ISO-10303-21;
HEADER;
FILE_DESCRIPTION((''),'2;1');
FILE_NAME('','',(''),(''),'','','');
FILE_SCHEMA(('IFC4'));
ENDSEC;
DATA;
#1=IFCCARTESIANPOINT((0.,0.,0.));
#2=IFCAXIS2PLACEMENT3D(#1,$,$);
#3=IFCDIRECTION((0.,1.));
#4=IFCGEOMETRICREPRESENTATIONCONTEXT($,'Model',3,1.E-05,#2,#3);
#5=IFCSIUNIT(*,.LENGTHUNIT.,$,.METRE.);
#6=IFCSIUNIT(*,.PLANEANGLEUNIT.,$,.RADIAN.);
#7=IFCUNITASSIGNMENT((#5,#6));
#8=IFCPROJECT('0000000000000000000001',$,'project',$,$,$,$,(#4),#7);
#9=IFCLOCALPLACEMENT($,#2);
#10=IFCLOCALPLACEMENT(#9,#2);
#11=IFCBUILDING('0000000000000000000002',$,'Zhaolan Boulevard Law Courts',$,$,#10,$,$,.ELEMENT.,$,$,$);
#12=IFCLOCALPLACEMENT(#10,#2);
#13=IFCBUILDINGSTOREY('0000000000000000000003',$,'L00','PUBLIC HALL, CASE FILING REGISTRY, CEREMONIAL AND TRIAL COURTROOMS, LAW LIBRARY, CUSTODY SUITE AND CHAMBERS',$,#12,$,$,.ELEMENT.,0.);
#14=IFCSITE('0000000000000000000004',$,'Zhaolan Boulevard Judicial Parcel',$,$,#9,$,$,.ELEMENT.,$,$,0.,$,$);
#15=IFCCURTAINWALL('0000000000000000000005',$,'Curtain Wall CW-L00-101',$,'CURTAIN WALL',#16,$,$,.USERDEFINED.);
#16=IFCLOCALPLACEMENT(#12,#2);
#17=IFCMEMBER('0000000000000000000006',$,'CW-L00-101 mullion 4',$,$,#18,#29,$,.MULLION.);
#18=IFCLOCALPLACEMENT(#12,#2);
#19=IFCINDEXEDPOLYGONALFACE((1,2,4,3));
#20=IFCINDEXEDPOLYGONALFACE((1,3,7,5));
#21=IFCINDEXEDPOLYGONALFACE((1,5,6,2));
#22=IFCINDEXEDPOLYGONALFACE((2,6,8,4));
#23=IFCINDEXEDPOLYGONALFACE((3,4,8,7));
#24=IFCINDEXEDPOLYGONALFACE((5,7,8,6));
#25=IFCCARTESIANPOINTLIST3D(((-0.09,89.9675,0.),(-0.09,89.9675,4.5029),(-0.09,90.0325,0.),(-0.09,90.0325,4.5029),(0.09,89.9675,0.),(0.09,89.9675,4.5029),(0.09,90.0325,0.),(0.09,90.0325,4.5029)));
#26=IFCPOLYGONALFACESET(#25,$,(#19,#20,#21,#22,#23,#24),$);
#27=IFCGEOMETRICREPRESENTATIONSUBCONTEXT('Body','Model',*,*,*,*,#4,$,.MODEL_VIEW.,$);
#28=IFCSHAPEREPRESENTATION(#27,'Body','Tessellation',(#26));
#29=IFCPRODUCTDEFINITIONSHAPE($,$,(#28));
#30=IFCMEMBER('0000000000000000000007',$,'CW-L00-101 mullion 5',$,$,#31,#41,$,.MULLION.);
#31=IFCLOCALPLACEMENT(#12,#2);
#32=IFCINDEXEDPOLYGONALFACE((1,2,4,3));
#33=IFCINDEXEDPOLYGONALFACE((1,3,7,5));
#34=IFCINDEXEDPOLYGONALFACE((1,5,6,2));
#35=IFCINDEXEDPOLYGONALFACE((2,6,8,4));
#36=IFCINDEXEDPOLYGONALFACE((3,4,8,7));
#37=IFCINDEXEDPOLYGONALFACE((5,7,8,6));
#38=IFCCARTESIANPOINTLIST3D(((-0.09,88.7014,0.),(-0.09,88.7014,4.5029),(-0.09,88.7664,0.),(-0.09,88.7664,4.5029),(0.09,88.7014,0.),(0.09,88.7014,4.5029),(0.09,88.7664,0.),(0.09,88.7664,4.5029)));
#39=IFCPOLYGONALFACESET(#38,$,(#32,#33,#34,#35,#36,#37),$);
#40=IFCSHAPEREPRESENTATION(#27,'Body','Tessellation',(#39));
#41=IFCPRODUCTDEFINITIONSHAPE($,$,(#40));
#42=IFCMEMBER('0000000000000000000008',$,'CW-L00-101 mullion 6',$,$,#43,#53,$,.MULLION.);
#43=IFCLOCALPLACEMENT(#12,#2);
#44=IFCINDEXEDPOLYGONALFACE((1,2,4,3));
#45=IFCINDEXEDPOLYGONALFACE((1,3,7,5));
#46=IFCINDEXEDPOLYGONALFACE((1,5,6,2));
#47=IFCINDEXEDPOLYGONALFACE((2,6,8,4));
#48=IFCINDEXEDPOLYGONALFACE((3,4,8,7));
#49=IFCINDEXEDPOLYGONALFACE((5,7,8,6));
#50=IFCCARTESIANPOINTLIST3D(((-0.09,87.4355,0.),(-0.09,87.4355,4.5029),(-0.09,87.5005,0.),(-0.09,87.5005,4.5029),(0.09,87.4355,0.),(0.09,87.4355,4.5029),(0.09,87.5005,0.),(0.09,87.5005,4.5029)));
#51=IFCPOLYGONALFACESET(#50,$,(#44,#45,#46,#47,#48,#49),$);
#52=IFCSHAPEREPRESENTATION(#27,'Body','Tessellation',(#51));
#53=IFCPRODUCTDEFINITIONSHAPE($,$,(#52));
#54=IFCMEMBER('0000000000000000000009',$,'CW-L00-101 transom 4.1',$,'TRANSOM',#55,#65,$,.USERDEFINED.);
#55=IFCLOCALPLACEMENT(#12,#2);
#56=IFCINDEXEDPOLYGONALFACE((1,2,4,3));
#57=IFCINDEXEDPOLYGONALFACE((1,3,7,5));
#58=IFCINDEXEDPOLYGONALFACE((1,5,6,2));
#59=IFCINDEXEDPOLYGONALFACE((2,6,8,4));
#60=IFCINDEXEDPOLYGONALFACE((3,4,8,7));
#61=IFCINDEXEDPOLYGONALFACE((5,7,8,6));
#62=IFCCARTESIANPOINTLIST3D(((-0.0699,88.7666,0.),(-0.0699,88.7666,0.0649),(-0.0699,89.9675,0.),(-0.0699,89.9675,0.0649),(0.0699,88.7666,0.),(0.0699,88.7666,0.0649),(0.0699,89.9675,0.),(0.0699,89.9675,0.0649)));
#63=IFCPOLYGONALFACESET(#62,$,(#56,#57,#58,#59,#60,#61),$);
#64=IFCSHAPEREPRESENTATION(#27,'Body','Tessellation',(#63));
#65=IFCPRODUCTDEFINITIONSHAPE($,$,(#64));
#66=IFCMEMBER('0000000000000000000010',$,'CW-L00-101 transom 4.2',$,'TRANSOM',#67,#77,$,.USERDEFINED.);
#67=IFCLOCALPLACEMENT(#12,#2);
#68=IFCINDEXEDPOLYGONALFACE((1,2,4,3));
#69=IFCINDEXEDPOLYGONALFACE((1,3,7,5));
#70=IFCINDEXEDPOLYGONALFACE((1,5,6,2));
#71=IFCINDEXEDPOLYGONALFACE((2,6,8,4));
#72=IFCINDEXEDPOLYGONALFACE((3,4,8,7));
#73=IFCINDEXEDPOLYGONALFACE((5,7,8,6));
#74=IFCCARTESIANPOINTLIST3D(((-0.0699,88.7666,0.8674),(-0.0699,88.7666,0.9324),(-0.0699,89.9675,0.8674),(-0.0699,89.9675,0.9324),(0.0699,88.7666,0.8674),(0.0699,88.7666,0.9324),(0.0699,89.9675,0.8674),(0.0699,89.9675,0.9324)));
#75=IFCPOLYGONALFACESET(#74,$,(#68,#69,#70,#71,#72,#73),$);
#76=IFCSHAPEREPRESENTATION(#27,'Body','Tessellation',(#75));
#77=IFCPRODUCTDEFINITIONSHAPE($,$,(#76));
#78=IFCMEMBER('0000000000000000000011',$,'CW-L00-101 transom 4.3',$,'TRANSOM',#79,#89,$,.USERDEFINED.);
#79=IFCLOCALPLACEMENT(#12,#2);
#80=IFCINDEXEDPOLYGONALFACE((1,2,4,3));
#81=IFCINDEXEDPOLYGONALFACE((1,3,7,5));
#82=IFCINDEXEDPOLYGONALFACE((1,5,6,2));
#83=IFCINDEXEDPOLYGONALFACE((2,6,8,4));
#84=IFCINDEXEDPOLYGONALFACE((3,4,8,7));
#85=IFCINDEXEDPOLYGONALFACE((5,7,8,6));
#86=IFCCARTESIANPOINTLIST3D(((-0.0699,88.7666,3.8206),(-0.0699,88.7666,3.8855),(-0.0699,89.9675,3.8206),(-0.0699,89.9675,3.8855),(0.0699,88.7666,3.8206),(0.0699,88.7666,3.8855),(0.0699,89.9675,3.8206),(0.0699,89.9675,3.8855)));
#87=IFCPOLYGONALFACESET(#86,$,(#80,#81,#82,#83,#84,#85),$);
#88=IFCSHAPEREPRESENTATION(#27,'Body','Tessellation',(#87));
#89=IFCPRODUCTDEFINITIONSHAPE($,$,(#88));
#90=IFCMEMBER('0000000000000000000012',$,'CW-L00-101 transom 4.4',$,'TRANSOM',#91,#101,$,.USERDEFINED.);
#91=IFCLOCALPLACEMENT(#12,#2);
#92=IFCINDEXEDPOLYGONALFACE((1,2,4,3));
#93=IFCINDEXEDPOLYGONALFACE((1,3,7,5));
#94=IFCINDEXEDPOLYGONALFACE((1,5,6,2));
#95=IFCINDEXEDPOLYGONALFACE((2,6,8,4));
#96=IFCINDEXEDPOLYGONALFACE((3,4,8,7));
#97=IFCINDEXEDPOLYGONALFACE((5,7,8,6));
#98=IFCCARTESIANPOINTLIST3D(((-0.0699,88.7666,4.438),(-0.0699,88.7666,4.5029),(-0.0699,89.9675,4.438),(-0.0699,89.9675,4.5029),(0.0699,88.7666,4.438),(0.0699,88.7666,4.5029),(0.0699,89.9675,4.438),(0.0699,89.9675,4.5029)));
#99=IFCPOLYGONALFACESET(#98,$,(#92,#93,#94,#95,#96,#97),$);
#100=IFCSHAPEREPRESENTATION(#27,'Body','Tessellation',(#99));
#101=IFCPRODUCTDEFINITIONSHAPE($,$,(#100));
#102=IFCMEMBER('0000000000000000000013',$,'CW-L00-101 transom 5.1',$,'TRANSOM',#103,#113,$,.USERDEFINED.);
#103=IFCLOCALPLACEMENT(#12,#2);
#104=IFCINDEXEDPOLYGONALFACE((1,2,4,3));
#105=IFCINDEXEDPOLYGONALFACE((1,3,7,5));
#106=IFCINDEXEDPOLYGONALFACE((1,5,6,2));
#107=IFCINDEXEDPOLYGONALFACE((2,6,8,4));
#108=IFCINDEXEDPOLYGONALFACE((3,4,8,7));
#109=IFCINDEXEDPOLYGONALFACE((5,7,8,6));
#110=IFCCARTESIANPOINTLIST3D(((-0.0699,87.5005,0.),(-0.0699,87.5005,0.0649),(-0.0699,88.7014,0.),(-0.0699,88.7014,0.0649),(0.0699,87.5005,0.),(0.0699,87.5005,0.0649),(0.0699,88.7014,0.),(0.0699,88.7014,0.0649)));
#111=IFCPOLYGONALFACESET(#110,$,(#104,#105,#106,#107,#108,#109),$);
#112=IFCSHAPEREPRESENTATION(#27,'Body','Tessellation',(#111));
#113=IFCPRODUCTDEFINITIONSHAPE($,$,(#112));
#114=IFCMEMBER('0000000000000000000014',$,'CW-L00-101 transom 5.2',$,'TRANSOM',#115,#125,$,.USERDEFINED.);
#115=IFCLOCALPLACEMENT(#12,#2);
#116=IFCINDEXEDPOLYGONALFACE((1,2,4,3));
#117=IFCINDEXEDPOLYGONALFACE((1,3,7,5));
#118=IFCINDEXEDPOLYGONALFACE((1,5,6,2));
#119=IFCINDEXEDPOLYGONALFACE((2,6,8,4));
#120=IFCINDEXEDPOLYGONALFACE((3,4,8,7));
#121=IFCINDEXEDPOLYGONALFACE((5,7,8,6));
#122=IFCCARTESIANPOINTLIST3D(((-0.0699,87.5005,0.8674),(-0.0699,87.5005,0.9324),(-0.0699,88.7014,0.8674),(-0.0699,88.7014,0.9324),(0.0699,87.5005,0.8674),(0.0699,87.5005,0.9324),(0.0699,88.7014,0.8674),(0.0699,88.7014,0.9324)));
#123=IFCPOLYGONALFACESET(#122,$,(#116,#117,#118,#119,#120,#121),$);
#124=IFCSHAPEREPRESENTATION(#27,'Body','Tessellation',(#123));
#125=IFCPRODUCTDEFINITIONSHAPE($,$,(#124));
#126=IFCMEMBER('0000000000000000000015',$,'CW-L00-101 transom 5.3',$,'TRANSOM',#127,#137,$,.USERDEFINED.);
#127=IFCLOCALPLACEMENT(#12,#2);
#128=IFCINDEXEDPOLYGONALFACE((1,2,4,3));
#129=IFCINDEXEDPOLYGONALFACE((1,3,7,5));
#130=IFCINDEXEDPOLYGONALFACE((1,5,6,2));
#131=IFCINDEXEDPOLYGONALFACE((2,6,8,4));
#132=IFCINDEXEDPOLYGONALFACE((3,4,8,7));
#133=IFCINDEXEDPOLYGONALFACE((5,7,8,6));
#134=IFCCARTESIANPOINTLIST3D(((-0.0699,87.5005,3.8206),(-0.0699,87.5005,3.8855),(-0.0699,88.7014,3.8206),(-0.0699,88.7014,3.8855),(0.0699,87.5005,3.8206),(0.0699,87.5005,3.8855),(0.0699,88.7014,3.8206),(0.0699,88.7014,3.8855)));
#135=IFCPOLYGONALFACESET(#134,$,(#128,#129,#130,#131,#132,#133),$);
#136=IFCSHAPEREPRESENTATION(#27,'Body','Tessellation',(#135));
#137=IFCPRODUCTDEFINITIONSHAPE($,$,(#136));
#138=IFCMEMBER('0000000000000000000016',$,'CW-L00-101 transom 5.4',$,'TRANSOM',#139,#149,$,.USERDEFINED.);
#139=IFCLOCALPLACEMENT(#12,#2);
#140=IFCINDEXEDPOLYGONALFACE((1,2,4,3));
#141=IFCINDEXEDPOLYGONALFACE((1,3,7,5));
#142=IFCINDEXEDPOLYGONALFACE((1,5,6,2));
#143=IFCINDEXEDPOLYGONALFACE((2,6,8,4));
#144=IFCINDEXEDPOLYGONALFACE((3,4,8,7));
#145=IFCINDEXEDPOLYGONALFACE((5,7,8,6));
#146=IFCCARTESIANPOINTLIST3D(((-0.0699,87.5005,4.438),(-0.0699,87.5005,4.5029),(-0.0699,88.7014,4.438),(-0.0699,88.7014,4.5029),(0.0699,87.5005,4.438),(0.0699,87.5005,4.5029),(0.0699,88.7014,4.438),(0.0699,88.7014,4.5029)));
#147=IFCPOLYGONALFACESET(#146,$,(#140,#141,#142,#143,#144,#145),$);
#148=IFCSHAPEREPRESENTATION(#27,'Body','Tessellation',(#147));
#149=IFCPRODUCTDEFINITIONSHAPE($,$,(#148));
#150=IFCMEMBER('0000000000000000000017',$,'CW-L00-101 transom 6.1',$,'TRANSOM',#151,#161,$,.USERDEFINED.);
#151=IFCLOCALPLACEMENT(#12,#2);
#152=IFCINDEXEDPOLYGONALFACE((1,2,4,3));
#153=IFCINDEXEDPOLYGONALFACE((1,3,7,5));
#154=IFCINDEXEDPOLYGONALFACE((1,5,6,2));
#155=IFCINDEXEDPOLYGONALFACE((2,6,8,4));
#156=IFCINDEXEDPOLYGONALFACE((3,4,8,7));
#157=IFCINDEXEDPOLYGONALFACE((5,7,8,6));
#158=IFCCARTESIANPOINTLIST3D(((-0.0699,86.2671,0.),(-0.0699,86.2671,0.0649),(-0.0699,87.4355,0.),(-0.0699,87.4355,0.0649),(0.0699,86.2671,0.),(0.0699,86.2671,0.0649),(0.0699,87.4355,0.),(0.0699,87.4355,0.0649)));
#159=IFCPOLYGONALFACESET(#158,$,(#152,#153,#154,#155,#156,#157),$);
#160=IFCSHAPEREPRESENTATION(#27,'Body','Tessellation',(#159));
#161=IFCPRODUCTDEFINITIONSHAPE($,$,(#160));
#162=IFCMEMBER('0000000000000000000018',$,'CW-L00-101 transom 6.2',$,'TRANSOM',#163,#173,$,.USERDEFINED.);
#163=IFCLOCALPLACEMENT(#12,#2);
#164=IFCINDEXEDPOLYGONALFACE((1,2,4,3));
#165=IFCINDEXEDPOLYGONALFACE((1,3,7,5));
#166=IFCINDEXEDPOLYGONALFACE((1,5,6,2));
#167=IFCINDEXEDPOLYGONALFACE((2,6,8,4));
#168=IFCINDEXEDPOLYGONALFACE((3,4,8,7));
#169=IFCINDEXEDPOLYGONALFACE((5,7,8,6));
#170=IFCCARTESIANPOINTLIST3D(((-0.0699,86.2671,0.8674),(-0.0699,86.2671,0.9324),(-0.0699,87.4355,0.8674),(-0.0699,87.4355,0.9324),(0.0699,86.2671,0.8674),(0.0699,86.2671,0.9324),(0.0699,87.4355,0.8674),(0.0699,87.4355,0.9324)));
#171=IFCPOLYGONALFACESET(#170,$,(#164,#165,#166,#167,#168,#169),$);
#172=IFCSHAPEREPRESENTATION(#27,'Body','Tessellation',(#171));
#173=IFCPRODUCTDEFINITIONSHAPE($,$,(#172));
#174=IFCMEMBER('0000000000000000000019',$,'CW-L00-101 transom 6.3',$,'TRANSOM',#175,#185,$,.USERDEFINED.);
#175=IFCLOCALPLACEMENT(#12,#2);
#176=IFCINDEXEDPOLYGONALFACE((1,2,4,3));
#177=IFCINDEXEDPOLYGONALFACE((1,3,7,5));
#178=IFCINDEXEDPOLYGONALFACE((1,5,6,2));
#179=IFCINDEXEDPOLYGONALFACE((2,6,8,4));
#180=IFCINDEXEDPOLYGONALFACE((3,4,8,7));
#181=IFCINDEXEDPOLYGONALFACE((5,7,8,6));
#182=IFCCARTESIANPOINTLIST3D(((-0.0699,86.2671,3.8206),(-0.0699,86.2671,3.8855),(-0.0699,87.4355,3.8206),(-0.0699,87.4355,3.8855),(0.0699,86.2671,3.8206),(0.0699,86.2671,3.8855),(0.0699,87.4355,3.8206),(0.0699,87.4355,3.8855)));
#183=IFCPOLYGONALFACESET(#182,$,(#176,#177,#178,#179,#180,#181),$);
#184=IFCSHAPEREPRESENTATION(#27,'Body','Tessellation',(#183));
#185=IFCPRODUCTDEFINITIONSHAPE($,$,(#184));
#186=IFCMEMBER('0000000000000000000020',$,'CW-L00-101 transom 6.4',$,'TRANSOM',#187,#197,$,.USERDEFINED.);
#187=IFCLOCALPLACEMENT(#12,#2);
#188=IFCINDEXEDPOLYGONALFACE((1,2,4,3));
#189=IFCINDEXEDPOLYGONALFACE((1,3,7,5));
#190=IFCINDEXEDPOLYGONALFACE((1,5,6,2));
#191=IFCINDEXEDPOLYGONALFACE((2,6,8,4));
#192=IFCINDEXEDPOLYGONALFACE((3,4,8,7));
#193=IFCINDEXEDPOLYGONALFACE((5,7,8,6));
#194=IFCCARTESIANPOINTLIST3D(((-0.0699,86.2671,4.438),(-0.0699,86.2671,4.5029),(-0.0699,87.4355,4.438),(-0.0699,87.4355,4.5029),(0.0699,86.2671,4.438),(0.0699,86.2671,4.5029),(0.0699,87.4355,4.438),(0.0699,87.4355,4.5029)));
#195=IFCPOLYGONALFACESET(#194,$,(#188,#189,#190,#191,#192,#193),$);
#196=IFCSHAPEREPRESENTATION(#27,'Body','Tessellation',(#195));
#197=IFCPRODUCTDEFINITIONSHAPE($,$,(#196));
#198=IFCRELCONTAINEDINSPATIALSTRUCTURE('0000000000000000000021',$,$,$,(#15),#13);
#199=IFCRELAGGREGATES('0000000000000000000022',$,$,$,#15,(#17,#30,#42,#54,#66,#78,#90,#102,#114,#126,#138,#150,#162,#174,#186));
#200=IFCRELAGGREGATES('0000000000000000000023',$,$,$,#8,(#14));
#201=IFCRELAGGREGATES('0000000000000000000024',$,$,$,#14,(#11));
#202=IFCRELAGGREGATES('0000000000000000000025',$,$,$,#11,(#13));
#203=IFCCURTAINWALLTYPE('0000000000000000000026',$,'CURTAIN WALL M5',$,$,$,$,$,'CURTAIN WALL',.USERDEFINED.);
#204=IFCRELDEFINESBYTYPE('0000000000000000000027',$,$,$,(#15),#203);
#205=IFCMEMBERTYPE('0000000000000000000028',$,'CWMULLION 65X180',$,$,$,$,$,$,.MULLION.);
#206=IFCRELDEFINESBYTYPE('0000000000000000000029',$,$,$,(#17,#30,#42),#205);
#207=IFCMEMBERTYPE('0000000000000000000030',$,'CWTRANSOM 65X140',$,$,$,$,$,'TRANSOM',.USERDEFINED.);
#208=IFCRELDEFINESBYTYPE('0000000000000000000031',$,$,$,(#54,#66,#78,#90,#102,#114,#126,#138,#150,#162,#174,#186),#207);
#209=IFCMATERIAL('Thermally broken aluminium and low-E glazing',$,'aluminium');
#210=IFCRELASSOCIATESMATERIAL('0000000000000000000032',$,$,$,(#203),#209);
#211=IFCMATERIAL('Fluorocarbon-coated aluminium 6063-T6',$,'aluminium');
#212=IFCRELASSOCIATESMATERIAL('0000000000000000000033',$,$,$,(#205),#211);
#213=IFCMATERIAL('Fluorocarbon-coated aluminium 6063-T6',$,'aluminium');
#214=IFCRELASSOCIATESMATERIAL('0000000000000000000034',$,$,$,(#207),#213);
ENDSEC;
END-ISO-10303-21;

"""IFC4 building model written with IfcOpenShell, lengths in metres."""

from ifc_helpers import new_model, si_unit, direction, frame, origin, origin_2d, place, context, subcontext, project, spatial, rectangle, extrude, material, material_profile, profile_set, type_object, element, aggregate, save


model = new_model("IFC4")

# Units and contexts
model_context = context("Model", 3, precision=1e-05, world=origin(), true_north=direction((0.0, 1.0)))
body_context = subcontext(model_context, "Body", "Model", "MODEL_VIEW")
ifc_project = project(units=[si_unit("LENGTHUNIT", "METRE"), si_unit("PLANEANGLEUNIT", "RADIAN")], contexts=[model_context])

# Site, building, storey
site_placement = place(None, origin())
site = spatial("IfcSite", under=ifc_project, at=site_placement, Name="Zhaolan Boulevard Judicial Parcel", CompositionType="ELEMENT", RefElevation=0.0)
building_placement = place(site_placement, origin())
building = spatial("IfcBuilding", under=site, at=building_placement, Name="Zhaolan Boulevard Law Courts", CompositionType="ELEMENT")
storey_placement = place(building_placement, origin())
storey = spatial("IfcBuildingStorey", under=building, at=storey_placement, Name="L00", Description="PUBLIC HALL, CASE FILING REGISTRY, CEREMONIAL AND TRIAL COURTROOMS, LAW LIBRARY, CUSTODY SUITE AND CHAMBERS", CompositionType="ELEMENT", Elevation=0.0)

# Curtain wall, members
ifc_material_1 = material(Name="Thermally broken aluminium and low-E glazing", Category="aluminium")
curtain_wall_type = type_object("IfcCurtainWallType", Name="CURTAIN WALL M5", ElementType="CURTAIN WALL", PredefinedType="USERDEFINED", material=ifc_material_1)
curtain_wall_placement = place(storey_placement, origin())
curtain_wall = element("IfcCurtainWall", 1, at=curtain_wall_placement, inside=storey, type_object=curtain_wall_type, Name="Curtain Wall CW-L00-101", ObjectType="CURTAIN WALL", PredefinedType="USERDEFINED")
ifc_material_2 = material(Name="Fluorocarbon-coated aluminium 6063-T6", Category="aluminium")
ifc_material_profile_1 = material_profile(ifc_material_2, rectangle(XDim=0.1799, YDim=0.0649, at=origin_2d()), Name="AL65x180")
ifc_profile_set_1 = profile_set([ifc_material_profile_1], Name="Fluorocarbon-coated aluminium 6063-T6")
member_type_1 = type_object("IfcMemberType", Name="CWMULLION 65X180", PredefinedType="MULLION", material=ifc_profile_set_1)
member_1_placement = place(storey_placement, frame((0.0, 90.0, 0.0), z_axis=(0.0, 0.0, 1.0), x_axis=(1.0, 0.0, 0.0)))
member_1 = element("IfcMember", 2, at=member_1_placement, type_object=member_type_1, Name="CW-L00-101 mullion 4", PredefinedType="MULLION", context=body_context, shape_type="SweptSolid", body=[
    extrude(rectangle(XDim=0.1799, YDim=0.0649, at=origin_2d()), origin(), (0.0, 0.0, 1.0), 4.5029),
])
member_2_placement = place(storey_placement, frame((0.0, 88.7339, 0.0), z_axis=(0.0, 0.0, 1.0), x_axis=(1.0, 0.0, 0.0)))
member_2 = element("IfcMember", 3, at=member_2_placement, type_object=member_type_1, Name="CW-L00-101 mullion 5", PredefinedType="MULLION", context=body_context, shape_type="SweptSolid", body=[
    extrude(rectangle(XDim=0.1799, YDim=0.0649, at=origin_2d()), origin(), (0.0, 0.0, 1.0), 4.5029),
])
member_3_placement = place(storey_placement, frame((0.0, 87.468, 0.0), z_axis=(0.0, 0.0, 1.0), x_axis=(1.0, 0.0, 0.0)))
member_3 = element("IfcMember", 4, at=member_3_placement, type_object=member_type_1, Name="CW-L00-101 mullion 6", PredefinedType="MULLION", context=body_context, shape_type="SweptSolid", body=[
    extrude(rectangle(XDim=0.1799, YDim=0.0649, at=origin_2d()), origin(), (0.0, 0.0, 1.0), 4.5029),
])
ifc_material_3 = material(Name="Fluorocarbon-coated aluminium 6063-T6", Category="aluminium")
ifc_material_profile_2 = material_profile(ifc_material_3, rectangle(XDim=0.1399, YDim=0.0649, at=origin_2d()), Name="AL65x140")
ifc_profile_set_2 = profile_set([ifc_material_profile_2], Name="Fluorocarbon-coated aluminium 6063-T6")
member_type_2 = type_object("IfcMemberType", Name="CWTRANSOM 65X140", ElementType="TRANSOM", PredefinedType="USERDEFINED", material=ifc_profile_set_2)
member_4_placement = place(storey_placement, frame((0.0, 89.9675, 0.0325), z_axis=(0.0, -1.0, 0.0), x_axis=(1.0, 0.0, 0.0)))
member_4 = element("IfcMember", 5, at=member_4_placement, type_object=member_type_2, Name="CW-L00-101 transom 4.1", ObjectType="TRANSOM", PredefinedType="USERDEFINED", context=body_context, shape_type="SweptSolid", body=[
    extrude(rectangle(XDim=0.1399, YDim=0.0649, at=origin_2d()), origin(), (0.0, 0.0, 1.0), 1.2009),
])
member_5_placement = place(storey_placement, frame((0.0, 89.9675, 0.8999), z_axis=(0.0, -1.0, 0.0), x_axis=(1.0, 0.0, 0.0)))
member_5 = element("IfcMember", 6, at=member_5_placement, type_object=member_type_2, Name="CW-L00-101 transom 4.2", ObjectType="TRANSOM", PredefinedType="USERDEFINED", context=body_context, shape_type="SweptSolid", body=[
    extrude(rectangle(XDim=0.1399, YDim=0.0649, at=origin_2d()), origin(), (0.0, 0.0, 1.0), 1.2009),
])
member_6_placement = place(storey_placement, frame((0.0, 89.9675, 3.853), z_axis=(0.0, -1.0, 0.0), x_axis=(1.0, 0.0, 0.0)))
member_6 = element("IfcMember", 7, at=member_6_placement, type_object=member_type_2, Name="CW-L00-101 transom 4.3", ObjectType="TRANSOM", PredefinedType="USERDEFINED", context=body_context, shape_type="SweptSolid", body=[
    extrude(rectangle(XDim=0.1399, YDim=0.0649, at=origin_2d()), origin(), (0.0, 0.0, 1.0), 1.2009),
])
member_7_placement = place(storey_placement, frame((0.0, 89.9675, 4.4705), z_axis=(0.0, -1.0, 0.0), x_axis=(1.0, 0.0, 0.0)))
member_7 = element("IfcMember", 8, at=member_7_placement, type_object=member_type_2, Name="CW-L00-101 transom 4.4", ObjectType="TRANSOM", PredefinedType="USERDEFINED", context=body_context, shape_type="SweptSolid", body=[
    extrude(rectangle(XDim=0.1399, YDim=0.0649, at=origin_2d()), origin(), (0.0, 0.0, 1.0), 1.2009),
])
member_8_placement = place(storey_placement, frame((0.0, 88.7014, 0.0325), z_axis=(0.0, -1.0, 0.0), x_axis=(1.0, 0.0, 0.0)))
member_8 = element("IfcMember", 9, at=member_8_placement, type_object=member_type_2, Name="CW-L00-101 transom 5.1", ObjectType="TRANSOM", PredefinedType="USERDEFINED", context=body_context, shape_type="SweptSolid", body=[
    extrude(rectangle(XDim=0.1399, YDim=0.0649, at=origin_2d()), origin(), (0.0, 0.0, 1.0), 1.2009),
])
member_9_placement = place(storey_placement, frame((0.0, 88.7014, 0.8999), z_axis=(0.0, -1.0, 0.0), x_axis=(1.0, 0.0, 0.0)))
member_9 = element("IfcMember", 10, at=member_9_placement, type_object=member_type_2, Name="CW-L00-101 transom 5.2", ObjectType="TRANSOM", PredefinedType="USERDEFINED", context=body_context, shape_type="SweptSolid", body=[
    extrude(rectangle(XDim=0.1399, YDim=0.0649, at=origin_2d()), origin(), (0.0, 0.0, 1.0), 1.2009),
])
member_10_placement = place(storey_placement, frame((0.0, 88.7014, 3.853), z_axis=(0.0, -1.0, 0.0), x_axis=(1.0, 0.0, 0.0)))
member_10 = element("IfcMember", 11, at=member_10_placement, type_object=member_type_2, Name="CW-L00-101 transom 5.3", ObjectType="TRANSOM", PredefinedType="USERDEFINED", context=body_context, shape_type="SweptSolid", body=[
    extrude(rectangle(XDim=0.1399, YDim=0.0649, at=origin_2d()), origin(), (0.0, 0.0, 1.0), 1.2009),
])
member_11_placement = place(storey_placement, frame((0.0, 88.7014, 4.4705), z_axis=(0.0, -1.0, 0.0), x_axis=(1.0, 0.0, 0.0)))
member_11 = element("IfcMember", 12, at=member_11_placement, type_object=member_type_2, Name="CW-L00-101 transom 5.4", ObjectType="TRANSOM", PredefinedType="USERDEFINED", context=body_context, shape_type="SweptSolid", body=[
    extrude(rectangle(XDim=0.1399, YDim=0.0649, at=origin_2d()), origin(), (0.0, 0.0, 1.0), 1.2009),
])
member_12_placement = place(storey_placement, frame((0.0, 87.4355, 0.0325), z_axis=(0.0, -1.0, 0.0), x_axis=(1.0, 0.0, 0.0)))
member_12 = element("IfcMember", 13, at=member_12_placement, type_object=member_type_2, Name="CW-L00-101 transom 6.1", ObjectType="TRANSOM", PredefinedType="USERDEFINED", context=body_context, shape_type="SweptSolid", body=[
    extrude(rectangle(XDim=0.1399, YDim=0.0649, at=origin_2d()), origin(), (0.0, 0.0, 1.0), 1.1685),
])
member_13_placement = place(storey_placement, frame((0.0, 87.4355, 0.8999), z_axis=(0.0, -1.0, 0.0), x_axis=(1.0, 0.0, 0.0)))
member_13 = element("IfcMember", 14, at=member_13_placement, type_object=member_type_2, Name="CW-L00-101 transom 6.2", ObjectType="TRANSOM", PredefinedType="USERDEFINED", context=body_context, shape_type="SweptSolid", body=[
    extrude(rectangle(XDim=0.1399, YDim=0.0649, at=origin_2d()), origin(), (0.0, 0.0, 1.0), 1.1685),
])
member_14_placement = place(storey_placement, frame((0.0, 87.4355, 3.853), z_axis=(0.0, -1.0, 0.0), x_axis=(1.0, 0.0, 0.0)))
member_14 = element("IfcMember", 15, at=member_14_placement, type_object=member_type_2, Name="CW-L00-101 transom 6.3", ObjectType="TRANSOM", PredefinedType="USERDEFINED", context=body_context, shape_type="SweptSolid", body=[
    extrude(rectangle(XDim=0.1399, YDim=0.0649, at=origin_2d()), origin(), (0.0, 0.0, 1.0), 1.1685),
])
member_15_placement = place(storey_placement, frame((0.0, 87.4355, 4.4705), z_axis=(0.0, -1.0, 0.0), x_axis=(1.0, 0.0, 0.0)))
member_15 = element("IfcMember", 16, at=member_15_placement, type_object=member_type_2, Name="CW-L00-101 transom 6.4", ObjectType="TRANSOM", PredefinedType="USERDEFINED", context=body_context, shape_type="SweptSolid", body=[
    extrude(rectangle(XDim=0.1399, YDim=0.0649, at=origin_2d()), origin(), (0.0, 0.0, 1.0), 1.1685),
])
aggregate(curtain_wall, [member_1, member_2, member_3, member_4, member_5, member_6, member_7, member_8, member_9, member_10, member_11, member_12, member_13, member_14, member_15])

save(model, "model.ifc")
